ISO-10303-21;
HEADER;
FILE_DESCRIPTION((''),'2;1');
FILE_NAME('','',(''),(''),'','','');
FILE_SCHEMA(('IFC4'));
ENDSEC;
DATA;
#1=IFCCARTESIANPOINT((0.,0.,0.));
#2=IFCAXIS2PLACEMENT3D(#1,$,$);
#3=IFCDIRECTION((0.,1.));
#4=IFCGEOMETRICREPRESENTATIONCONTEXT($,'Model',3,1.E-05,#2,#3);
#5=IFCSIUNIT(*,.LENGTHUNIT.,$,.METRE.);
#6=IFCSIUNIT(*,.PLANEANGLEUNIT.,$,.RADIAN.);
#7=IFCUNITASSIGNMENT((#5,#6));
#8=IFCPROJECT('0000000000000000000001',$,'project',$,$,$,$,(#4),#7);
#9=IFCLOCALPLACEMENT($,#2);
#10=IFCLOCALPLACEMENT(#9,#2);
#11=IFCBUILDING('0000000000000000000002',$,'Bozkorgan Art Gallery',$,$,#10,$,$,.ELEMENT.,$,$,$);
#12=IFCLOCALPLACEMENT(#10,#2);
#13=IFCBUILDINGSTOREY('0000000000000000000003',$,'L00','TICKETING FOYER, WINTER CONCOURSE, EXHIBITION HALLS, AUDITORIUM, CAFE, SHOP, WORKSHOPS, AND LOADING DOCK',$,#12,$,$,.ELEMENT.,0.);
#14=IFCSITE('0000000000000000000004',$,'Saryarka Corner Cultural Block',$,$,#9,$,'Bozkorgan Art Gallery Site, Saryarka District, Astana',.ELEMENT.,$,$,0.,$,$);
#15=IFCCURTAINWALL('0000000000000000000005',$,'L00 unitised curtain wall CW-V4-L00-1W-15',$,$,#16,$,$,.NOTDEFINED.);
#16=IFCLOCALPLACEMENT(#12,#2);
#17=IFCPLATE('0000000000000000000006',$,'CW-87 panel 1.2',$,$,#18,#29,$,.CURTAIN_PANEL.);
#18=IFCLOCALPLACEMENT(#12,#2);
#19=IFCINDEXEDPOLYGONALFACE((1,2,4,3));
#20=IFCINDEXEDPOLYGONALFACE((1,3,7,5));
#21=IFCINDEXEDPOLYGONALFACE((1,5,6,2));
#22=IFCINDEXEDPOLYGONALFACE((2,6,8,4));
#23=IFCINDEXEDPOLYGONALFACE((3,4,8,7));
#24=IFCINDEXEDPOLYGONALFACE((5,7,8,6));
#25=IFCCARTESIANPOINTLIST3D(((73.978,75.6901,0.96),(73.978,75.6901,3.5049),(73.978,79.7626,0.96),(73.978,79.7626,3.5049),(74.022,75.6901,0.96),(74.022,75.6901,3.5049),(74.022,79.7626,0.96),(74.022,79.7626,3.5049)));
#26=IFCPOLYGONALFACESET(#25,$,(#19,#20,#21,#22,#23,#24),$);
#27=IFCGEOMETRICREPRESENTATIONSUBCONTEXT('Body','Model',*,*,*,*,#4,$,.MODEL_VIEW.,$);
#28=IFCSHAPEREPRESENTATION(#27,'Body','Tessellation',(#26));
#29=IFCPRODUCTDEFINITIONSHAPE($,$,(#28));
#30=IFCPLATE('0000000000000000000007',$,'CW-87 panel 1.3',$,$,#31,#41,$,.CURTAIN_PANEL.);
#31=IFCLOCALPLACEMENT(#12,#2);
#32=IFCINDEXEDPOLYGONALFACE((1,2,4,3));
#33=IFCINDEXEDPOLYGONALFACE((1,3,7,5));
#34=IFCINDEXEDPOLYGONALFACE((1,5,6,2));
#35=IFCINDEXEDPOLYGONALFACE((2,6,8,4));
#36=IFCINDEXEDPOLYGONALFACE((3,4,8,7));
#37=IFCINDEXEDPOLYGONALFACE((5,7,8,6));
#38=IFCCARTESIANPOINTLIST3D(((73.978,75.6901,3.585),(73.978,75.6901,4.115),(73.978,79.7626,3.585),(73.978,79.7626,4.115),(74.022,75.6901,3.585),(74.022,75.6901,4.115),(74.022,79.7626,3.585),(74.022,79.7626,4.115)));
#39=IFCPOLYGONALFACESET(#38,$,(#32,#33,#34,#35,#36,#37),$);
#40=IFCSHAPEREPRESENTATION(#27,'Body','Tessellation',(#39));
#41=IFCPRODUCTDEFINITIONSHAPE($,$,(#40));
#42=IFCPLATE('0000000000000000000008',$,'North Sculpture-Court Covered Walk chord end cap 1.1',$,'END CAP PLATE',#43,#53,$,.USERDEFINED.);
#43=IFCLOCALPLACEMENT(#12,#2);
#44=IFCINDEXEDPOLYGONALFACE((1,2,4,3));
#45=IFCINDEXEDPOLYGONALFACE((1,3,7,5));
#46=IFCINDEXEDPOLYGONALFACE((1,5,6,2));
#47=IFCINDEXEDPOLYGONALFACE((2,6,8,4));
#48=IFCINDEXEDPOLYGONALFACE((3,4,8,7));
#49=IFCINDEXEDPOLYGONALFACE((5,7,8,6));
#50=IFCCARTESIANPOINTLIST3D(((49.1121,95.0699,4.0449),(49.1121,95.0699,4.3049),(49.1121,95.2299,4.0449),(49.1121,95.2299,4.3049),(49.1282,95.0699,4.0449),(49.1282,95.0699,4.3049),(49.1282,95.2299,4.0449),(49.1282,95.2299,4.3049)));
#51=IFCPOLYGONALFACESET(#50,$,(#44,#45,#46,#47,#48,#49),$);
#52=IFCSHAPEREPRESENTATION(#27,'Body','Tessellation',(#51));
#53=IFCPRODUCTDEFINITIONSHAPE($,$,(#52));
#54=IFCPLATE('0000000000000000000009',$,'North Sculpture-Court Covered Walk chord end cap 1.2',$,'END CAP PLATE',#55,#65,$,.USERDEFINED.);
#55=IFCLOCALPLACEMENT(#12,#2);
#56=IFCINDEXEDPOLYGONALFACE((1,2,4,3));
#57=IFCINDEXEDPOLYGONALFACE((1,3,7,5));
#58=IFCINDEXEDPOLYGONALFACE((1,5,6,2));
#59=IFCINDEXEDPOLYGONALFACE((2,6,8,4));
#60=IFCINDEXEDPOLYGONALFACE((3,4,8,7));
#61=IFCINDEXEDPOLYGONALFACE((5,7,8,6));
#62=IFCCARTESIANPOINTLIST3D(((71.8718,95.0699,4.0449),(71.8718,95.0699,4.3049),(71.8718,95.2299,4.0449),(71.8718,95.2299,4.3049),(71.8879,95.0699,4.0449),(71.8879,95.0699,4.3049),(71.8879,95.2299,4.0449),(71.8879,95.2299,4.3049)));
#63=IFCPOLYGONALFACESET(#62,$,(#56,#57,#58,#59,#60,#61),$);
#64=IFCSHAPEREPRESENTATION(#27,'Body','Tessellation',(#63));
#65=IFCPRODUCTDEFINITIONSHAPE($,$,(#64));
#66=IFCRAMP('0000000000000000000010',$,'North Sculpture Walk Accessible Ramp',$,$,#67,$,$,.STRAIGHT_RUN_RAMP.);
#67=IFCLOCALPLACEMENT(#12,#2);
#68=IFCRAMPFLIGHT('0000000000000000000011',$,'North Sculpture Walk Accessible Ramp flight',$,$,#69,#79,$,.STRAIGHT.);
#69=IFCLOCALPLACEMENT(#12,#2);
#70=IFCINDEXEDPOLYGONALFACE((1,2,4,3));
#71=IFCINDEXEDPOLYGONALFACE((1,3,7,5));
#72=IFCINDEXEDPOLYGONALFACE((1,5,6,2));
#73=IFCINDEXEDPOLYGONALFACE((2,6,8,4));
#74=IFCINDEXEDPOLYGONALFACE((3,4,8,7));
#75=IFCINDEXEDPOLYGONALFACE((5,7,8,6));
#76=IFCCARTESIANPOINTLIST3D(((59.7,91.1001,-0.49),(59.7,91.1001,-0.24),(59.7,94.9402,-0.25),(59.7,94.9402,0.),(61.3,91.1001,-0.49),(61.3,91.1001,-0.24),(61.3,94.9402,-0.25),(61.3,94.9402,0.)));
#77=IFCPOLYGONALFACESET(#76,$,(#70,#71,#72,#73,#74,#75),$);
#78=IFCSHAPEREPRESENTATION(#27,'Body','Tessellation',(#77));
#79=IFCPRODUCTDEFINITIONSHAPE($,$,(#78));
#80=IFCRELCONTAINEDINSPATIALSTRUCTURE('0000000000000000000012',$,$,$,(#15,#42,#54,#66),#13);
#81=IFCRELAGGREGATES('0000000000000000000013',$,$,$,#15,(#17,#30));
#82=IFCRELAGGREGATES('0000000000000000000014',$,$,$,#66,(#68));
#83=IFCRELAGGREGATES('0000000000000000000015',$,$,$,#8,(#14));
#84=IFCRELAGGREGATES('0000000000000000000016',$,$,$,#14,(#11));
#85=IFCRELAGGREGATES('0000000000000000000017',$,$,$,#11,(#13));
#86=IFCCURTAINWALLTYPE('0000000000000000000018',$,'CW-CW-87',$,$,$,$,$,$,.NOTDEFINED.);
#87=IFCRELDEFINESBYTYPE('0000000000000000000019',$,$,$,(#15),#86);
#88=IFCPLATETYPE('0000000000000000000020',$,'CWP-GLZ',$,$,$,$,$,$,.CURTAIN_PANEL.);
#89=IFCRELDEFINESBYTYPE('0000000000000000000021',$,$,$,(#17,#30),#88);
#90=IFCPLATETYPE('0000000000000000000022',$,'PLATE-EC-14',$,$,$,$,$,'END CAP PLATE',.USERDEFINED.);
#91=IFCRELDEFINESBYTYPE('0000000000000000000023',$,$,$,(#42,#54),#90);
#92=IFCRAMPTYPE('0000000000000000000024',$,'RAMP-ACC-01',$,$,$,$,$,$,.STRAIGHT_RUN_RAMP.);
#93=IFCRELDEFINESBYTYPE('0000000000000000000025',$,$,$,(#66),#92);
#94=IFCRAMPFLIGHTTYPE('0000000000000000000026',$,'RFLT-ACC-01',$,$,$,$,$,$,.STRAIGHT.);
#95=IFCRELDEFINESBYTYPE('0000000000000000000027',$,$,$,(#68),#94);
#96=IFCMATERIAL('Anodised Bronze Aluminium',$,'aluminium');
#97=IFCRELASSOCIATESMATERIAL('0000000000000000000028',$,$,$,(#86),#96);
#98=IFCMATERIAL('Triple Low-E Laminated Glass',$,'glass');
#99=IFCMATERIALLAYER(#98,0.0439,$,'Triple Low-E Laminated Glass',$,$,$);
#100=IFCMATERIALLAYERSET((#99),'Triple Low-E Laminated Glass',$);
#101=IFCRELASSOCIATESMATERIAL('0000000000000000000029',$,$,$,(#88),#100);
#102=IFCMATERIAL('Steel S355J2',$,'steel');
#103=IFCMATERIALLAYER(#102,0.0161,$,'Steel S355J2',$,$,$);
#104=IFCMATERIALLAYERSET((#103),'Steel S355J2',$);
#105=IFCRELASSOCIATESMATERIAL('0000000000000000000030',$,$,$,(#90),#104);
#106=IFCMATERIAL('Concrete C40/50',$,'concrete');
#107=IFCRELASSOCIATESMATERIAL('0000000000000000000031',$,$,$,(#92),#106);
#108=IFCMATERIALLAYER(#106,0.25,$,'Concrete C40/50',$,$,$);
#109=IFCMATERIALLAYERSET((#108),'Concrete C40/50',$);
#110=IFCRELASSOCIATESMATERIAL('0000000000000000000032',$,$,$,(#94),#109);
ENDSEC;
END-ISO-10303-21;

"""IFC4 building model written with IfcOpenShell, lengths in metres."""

from ifc_helpers import new_model, si_unit, direction, frame, origin, origin_2d, place, context, subcontext, project, spatial, polyline, rectangle, outline, extrude, material, layer, layer_set, type_object, element, aggregate, save


model = new_model("IFC4")

# Units and contexts
model_context = context("Model", 3, precision=1e-05, world=origin(), true_north=direction((0.0, 1.0)))
body_context = subcontext(model_context, "Body", "Model", "MODEL_VIEW")
ifc_project = project(units=[si_unit("LENGTHUNIT", "METRE"), si_unit("PLANEANGLEUNIT", "RADIAN")], contexts=[model_context])

# Site, building, storey
site_placement = place(None, origin())
site = spatial("IfcSite", under=ifc_project, at=site_placement, Name="Saryarka Corner Cultural Block", LongName="Bozkorgan Art Gallery Site, Saryarka District, Astana", CompositionType="ELEMENT", RefElevation=0.0)
building_placement = place(site_placement, origin())
building = spatial("IfcBuilding", under=site, at=building_placement, Name="Bozkorgan Art Gallery", CompositionType="ELEMENT")
storey_placement = place(building_placement, origin())
storey = spatial("IfcBuildingStorey", under=building, at=storey_placement, Name="L00", Description="TICKETING FOYER, WINTER CONCOURSE, EXHIBITION HALLS, AUDITORIUM, CAFE, SHOP, WORKSHOPS, AND LOADING DOCK", CompositionType="ELEMENT", Elevation=0.0)

# Shared definitions
ifc_material_1 = material(Name="Concrete C40/50", Category="concrete")
ifc_material_2 = material(Name="Steel S355J2", Category="steel")

# Curtain wall
ifc_material_3 = material(Name="Anodised Bronze Aluminium", Category="aluminium")
curtain_wall_type_1 = type_object("IfcCurtainWallType", Name="CW-CW-87", PredefinedType="NOTDEFINED", material=ifc_material_3)
curtain_wall_1_placement = place(storey_placement, origin())
curtain_wall_1 = element("IfcCurtainWall", 1, at=curtain_wall_1_placement, inside=storey, type_object=curtain_wall_type_1, Name="L00 unitised curtain wall CW-V4-L00-1W-15", PredefinedType="NOTDEFINED")

# Plates
ifc_material_4 = material(Name="Triple Low-E Laminated Glass", Category="glass")
ifc_layer_1 = layer(ifc_material_4, 0.0439, Name="Triple Low-E Laminated Glass")
ifc_layer_set_1 = layer_set([ifc_layer_1], Name="Triple Low-E Laminated Glass")
plate_type_1 = type_object("IfcPlateType", Name="CWP-GLZ", PredefinedType="CURTAIN_PANEL", material=ifc_layer_set_1)
plate_1_placement = place(storey_placement, frame((74.0, 77.7263, 0.96), z_axis=(0.0, 0.0, 1.0), x_axis=(0.0, 1.0, 0.0)))
plate_1 = element("IfcPlate", 2, at=plate_1_placement, type_object=plate_type_1, Name="CW-87 panel 1.2", PredefinedType="CURTAIN_PANEL", context=body_context, shape_type="SweptSolid", body=[
    extrude(rectangle(XDim=4.0725, YDim=0.0439, at=origin_2d()), origin(), (0.0, 0.0, 1.0), 2.5449),
])
plate_2_placement = place(storey_placement, frame((74.0, 77.7263, 3.585), z_axis=(0.0, 0.0, 1.0), x_axis=(0.0, 1.0, 0.0)))
plate_2 = element("IfcPlate", 3, at=plate_2_placement, type_object=plate_type_1, Name="CW-87 panel 1.3", PredefinedType="CURTAIN_PANEL", context=body_context, shape_type="SweptSolid", body=[
    extrude(rectangle(XDim=4.0725, YDim=0.0439, at=origin_2d()), origin(), (0.0, 0.0, 1.0), 0.53),
])
aggregate(curtain_wall_1, [plate_1, plate_2])

# Plates
ifc_layer_2 = layer(ifc_material_2, 0.0161, Name="Steel S355J2")
ifc_layer_set_2 = layer_set([ifc_layer_2], Name="Steel S355J2")
plate_type_2 = type_object("IfcPlateType", Name="PLATE-EC-14", ElementType="END CAP PLATE", PredefinedType="USERDEFINED", material=ifc_layer_set_2)
for number, where, z_axis, x_axis, name in (
    (4, (49.1201, 95.1499, 4.0449), (0.0, 0.0, 1.0), (1.0, 0.0, 0.0), "North Sculpture-Court Covered Walk chord end cap 1.1"),
    (5, (71.8799, 95.1499, 4.0449), (0.0, 0.0, 1.0), (1.0, 0.0, 0.0), "North Sculpture-Court Covered Walk chord end cap 1.2"),
):
    element("IfcPlate", number, at=place(storey_placement, frame(where, z_axis=z_axis, x_axis=x_axis)), inside=storey, type_object=plate_type_2, Name=name, ObjectType="END CAP PLATE", PredefinedType="USERDEFINED", context=body_context, shape_type="SweptSolid", body=[
        extrude(rectangle(XDim=0.0161, YDim=0.1599, at=origin_2d()), origin(), (0.0, 0.0, 1.0), 0.26),
    ])

# Ramp, ramp flight
ramp_type = type_object("IfcRampType", Name="RAMP-ACC-01", PredefinedType="STRAIGHT_RUN_RAMP", material=ifc_material_1)
ramp_placement = place(storey_placement, origin())
ramp = element("IfcRamp", 6, at=ramp_placement, inside=storey, type_object=ramp_type, Name="North Sculpture Walk Accessible Ramp", PredefinedType="STRAIGHT_RUN_RAMP")
ifc_layer_3 = layer(ifc_material_1, 0.25, Name="Concrete C40/50")
ifc_layer_set_3 = layer_set([ifc_layer_3], Name="Concrete C40/50")
ramp_flight_type = type_object("IfcRampFlightType", Name="RFLT-ACC-01", PredefinedType="STRAIGHT", material=ifc_layer_set_3)
ramp_flight_placement = place(storey_placement, frame((60.5, 91.1001, -0.24), z_axis=(0.0, 0.0, 1.0), x_axis=(0.0, 1.0, 0.0)))
ramp_flight = element("IfcRampFlight", 7, at=ramp_flight_placement, type_object=ramp_flight_type, Name="North Sculpture Walk Accessible Ramp flight", PredefinedType="STRAIGHT", context=body_context, shape_type="SweptSolid", body=[
    extrude(outline(polyline([(0.0, 0.0), (3.8401, 0.24), (3.8401, -0.01), (0.0, -0.25), (0.0, 0.0)])), frame((0.0, 0.8, 0.0), z_axis=(0.0, -1.0, 0.0), x_axis=(1.0, 0.0, 0.0)), (0.0, 0.0, 1.0), 1.6001),
])
aggregate(ramp, [ramp_flight])

save(model, "model.ifc")
